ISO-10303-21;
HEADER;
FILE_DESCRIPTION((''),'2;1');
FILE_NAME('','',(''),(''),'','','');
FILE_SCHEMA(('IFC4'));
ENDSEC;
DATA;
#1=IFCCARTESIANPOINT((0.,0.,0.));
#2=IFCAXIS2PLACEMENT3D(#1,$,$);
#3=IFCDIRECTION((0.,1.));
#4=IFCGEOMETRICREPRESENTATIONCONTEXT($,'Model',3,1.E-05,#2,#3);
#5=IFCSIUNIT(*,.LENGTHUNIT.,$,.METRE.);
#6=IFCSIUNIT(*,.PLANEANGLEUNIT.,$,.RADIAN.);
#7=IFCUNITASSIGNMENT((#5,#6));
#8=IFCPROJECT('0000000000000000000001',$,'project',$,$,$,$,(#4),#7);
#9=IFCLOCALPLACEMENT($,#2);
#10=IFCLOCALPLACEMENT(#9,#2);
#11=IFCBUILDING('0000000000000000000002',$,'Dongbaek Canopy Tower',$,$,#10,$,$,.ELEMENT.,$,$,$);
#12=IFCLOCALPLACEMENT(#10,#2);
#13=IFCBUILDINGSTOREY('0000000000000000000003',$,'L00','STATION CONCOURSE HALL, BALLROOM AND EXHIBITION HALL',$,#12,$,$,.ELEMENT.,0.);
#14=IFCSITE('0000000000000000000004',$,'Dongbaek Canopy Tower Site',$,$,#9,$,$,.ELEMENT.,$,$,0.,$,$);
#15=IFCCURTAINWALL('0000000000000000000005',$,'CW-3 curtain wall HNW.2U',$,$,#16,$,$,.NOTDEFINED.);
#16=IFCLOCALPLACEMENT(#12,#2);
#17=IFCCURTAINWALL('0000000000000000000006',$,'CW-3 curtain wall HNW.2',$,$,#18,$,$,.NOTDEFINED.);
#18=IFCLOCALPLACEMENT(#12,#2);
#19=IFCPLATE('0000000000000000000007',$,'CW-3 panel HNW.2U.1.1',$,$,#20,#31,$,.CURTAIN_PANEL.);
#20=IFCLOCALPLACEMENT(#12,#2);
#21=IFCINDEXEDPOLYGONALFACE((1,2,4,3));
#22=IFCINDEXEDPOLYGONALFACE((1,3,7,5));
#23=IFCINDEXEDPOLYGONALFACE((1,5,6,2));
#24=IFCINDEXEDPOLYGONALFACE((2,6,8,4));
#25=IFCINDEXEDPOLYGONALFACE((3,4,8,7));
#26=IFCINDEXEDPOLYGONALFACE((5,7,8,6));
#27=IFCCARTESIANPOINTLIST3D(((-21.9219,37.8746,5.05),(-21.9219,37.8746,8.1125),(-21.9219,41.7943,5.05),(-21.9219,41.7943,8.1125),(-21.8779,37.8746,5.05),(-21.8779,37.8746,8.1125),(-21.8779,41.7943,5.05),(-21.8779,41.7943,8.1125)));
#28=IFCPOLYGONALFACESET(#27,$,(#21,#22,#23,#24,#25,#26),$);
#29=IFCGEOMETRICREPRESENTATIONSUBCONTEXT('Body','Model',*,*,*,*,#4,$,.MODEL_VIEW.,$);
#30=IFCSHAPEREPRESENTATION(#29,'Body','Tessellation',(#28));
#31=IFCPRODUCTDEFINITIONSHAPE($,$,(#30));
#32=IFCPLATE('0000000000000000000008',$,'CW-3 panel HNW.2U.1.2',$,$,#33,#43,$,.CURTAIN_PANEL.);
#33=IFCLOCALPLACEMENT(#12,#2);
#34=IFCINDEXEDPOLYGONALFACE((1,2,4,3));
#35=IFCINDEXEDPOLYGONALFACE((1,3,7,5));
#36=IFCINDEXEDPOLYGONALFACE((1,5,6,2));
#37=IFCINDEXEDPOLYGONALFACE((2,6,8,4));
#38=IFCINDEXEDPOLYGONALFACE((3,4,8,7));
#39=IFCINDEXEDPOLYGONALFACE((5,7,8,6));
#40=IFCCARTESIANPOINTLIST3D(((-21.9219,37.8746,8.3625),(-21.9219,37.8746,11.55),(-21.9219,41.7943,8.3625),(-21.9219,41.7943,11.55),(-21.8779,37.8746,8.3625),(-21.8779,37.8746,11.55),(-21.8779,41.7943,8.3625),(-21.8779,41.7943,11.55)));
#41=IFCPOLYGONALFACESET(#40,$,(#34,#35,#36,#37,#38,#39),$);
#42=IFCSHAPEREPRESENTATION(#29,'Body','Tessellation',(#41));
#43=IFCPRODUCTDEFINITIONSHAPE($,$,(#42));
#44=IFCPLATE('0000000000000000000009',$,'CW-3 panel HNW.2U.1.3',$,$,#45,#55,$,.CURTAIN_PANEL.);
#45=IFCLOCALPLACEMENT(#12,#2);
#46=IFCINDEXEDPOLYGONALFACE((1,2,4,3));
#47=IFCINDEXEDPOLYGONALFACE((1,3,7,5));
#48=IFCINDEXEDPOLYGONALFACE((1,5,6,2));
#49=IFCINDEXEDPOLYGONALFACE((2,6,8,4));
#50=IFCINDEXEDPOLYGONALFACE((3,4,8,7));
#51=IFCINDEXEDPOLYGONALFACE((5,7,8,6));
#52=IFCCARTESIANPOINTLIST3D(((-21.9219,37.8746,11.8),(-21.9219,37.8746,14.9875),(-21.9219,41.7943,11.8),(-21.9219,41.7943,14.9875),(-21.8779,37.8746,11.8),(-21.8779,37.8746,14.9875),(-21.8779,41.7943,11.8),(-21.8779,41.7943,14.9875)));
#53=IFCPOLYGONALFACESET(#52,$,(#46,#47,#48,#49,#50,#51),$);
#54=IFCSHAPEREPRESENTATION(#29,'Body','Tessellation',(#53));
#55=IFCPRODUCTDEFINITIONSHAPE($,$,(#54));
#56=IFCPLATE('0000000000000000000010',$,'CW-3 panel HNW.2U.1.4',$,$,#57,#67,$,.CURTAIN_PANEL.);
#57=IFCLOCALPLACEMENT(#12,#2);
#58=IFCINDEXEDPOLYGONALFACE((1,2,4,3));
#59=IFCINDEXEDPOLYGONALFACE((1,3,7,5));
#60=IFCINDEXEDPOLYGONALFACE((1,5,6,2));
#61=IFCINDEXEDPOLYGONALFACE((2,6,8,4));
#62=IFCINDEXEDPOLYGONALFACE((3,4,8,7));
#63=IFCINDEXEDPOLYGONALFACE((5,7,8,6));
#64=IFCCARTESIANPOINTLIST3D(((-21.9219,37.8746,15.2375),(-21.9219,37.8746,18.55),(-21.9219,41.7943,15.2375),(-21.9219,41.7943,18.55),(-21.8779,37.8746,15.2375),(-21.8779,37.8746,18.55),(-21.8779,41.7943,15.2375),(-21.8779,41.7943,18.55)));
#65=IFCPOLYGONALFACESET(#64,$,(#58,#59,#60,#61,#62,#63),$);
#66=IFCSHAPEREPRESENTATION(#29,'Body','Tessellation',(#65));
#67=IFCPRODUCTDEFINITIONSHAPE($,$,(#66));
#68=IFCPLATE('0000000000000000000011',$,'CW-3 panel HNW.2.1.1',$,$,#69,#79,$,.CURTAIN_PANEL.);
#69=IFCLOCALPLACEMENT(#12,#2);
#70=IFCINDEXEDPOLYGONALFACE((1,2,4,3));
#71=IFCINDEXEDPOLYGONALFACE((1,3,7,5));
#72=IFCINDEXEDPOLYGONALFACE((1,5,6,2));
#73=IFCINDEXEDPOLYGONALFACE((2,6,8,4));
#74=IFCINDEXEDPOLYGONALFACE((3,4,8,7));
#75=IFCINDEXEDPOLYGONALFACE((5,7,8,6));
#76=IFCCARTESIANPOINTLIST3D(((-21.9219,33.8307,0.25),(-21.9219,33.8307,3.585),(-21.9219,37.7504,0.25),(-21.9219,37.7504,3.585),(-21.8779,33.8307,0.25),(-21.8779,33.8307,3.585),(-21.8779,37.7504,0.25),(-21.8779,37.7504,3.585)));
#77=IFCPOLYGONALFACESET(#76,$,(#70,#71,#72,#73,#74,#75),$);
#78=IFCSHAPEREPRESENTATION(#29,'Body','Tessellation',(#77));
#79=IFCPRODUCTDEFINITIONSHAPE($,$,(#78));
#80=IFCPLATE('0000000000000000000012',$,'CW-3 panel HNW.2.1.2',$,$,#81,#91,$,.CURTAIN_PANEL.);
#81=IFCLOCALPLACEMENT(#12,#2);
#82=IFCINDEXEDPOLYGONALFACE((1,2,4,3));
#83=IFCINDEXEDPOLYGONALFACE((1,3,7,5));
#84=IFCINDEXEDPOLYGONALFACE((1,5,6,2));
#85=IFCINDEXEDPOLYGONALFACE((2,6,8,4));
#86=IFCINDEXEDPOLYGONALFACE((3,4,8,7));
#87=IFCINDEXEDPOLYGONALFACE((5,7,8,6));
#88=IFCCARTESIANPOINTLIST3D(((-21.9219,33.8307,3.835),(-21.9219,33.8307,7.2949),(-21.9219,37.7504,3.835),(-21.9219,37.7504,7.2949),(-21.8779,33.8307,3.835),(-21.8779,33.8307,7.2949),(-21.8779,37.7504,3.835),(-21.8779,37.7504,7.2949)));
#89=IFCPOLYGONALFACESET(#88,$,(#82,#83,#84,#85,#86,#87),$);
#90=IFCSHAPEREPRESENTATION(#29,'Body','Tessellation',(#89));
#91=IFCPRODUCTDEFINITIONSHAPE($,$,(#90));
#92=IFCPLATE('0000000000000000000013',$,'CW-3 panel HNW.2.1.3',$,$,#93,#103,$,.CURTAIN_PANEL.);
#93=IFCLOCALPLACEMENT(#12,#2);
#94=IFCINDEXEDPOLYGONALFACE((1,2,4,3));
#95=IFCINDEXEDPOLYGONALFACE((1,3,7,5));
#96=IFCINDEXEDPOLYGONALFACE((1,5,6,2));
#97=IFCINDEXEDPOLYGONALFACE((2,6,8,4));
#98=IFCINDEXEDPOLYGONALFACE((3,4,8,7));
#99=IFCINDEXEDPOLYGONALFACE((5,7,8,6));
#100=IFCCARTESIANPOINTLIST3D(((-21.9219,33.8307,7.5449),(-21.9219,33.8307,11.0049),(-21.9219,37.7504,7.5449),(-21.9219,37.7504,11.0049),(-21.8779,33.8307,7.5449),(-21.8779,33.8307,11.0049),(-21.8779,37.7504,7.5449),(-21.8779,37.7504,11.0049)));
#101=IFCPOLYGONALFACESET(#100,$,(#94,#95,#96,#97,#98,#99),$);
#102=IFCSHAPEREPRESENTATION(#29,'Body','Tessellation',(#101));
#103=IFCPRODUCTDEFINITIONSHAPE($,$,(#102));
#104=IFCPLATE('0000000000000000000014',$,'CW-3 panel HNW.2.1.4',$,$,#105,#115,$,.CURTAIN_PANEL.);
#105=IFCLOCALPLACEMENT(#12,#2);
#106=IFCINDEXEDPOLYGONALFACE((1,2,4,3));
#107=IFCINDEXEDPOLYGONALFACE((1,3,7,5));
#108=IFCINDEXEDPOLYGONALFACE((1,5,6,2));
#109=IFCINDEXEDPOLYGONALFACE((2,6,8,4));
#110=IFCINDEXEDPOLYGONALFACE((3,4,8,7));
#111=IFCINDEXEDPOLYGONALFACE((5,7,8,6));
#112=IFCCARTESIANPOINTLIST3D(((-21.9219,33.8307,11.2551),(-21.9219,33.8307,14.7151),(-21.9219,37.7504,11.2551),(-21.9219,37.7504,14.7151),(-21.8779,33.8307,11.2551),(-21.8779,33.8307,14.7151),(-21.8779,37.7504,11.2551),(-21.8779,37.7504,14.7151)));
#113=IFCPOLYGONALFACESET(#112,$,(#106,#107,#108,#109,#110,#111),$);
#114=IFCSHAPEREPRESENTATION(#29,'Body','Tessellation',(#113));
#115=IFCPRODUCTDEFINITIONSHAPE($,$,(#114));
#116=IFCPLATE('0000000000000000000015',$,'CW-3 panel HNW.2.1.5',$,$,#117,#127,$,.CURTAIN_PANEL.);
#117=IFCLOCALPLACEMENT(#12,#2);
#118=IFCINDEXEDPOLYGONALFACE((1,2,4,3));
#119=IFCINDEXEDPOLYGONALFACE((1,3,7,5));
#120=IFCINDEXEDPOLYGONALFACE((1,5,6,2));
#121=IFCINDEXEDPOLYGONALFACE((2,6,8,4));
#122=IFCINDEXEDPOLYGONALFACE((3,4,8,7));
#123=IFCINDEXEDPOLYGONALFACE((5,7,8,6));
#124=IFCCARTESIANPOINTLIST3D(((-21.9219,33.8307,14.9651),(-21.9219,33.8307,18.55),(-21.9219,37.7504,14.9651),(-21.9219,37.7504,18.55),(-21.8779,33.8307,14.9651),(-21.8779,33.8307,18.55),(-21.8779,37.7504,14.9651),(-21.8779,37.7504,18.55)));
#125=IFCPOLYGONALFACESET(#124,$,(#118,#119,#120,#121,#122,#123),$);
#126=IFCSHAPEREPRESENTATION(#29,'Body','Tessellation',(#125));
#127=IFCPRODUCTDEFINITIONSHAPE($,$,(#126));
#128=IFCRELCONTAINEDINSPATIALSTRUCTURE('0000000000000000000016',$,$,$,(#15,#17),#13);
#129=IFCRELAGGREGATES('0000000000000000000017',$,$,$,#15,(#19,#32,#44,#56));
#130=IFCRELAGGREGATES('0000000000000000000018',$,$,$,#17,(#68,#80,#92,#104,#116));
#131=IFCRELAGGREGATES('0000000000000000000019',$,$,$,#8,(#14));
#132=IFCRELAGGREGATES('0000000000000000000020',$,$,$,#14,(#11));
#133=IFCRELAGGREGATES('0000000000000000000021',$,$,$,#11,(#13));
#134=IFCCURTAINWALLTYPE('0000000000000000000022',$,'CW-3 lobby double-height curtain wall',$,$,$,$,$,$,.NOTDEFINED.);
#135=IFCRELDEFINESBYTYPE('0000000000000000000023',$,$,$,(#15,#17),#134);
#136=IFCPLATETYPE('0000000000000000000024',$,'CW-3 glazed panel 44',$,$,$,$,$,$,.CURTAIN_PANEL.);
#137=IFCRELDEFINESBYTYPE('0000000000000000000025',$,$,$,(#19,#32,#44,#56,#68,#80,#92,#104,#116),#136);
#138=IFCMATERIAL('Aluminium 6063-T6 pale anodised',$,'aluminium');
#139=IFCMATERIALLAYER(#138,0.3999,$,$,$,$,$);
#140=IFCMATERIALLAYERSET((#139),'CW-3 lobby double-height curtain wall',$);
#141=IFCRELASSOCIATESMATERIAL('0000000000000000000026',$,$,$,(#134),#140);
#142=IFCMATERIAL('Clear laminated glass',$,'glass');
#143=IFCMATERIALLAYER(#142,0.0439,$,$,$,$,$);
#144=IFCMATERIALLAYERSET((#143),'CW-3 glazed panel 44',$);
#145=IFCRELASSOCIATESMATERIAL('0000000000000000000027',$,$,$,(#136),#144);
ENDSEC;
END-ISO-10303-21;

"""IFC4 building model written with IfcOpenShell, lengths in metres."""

from ifc_helpers import new_model, si_unit, direction, frame, origin, origin_2d, place, context, subcontext, project, spatial, rectangle, extrude, material, layer, layer_set, type_object, element, aggregate, save


model = new_model("IFC4")

# Units and contexts
model_context = context("Model", 3, precision=1e-05, world=origin(), true_north=direction((0.0, 1.0)))
body_context = subcontext(model_context, "Body", "Model", "MODEL_VIEW")
ifc_project = project(units=[si_unit("LENGTHUNIT", "METRE"), si_unit("PLANEANGLEUNIT", "RADIAN")], contexts=[model_context])

# Site, building, storey
site_placement = place(None, origin())
site = spatial("IfcSite", under=ifc_project, at=site_placement, Name="Dongbaek Canopy Tower Site", CompositionType="ELEMENT", RefElevation=0.0)
building_placement = place(site_placement, origin())
building = spatial("IfcBuilding", under=site, at=building_placement, Name="Dongbaek Canopy Tower", CompositionType="ELEMENT")
storey_placement = place(building_placement, origin())
storey = spatial("IfcBuildingStorey", under=building, at=storey_placement, Name="L00", Description="STATION CONCOURSE HALL, BALLROOM AND EXHIBITION HALL", CompositionType="ELEMENT", Elevation=0.0)

# Shared definitions
ifc_material_1 = material(Name="Aluminium 6063-T6 pale anodised", Category="aluminium")
ifc_layer_1 = layer(ifc_material_1, 0.3999)
ifc_layer_set_1 = layer_set([ifc_layer_1], Name="CW-3 lobby double-height curtain wall")
curtain_wall_type = type_object("IfcCurtainWallType", Name="CW-3 lobby double-height curtain wall", PredefinedType="NOTDEFINED", material=ifc_layer_set_1)

# Curtain walls
curtain_wall_1_placement = place(storey_placement, origin())
curtain_wall_1 = element("IfcCurtainWall", 1, at=curtain_wall_1_placement, inside=storey, type_object=curtain_wall_type, Name="CW-3 curtain wall HNW.2U", PredefinedType="NOTDEFINED")
curtain_wall_2_placement = place(storey_placement, origin())
curtain_wall_2 = element("IfcCurtainWall", 2, at=curtain_wall_2_placement, inside=storey, type_object=curtain_wall_type, Name="CW-3 curtain wall HNW.2", PredefinedType="NOTDEFINED")

# Plates
ifc_material_2 = material(Name="Clear laminated glass", Category="glass")
ifc_layer_2 = layer(ifc_material_2, 0.0439)
ifc_layer_set_2 = layer_set([ifc_layer_2], Name="CW-3 glazed panel 44")
plate_type = type_object("IfcPlateType", Name="CW-3 glazed panel 44", PredefinedType="CURTAIN_PANEL", material=ifc_layer_set_2)
plate_1_placement = place(storey_placement, frame((-21.8999, 39.8345, 5.05), z_axis=(0.0, 0.0, 1.0), x_axis=(0.0, -1.0, 0.0)))
plate_1 = element("IfcPlate", 3, at=plate_1_placement, type_object=plate_type, Name="CW-3 panel HNW.2U.1.1", PredefinedType="CURTAIN_PANEL", context=body_context, shape_type="SweptSolid", body=[
    extrude(rectangle(XDim=3.9197, YDim=0.0439, at=origin_2d()), origin(), (0.0, 0.0, 1.0), 3.0625),
])
plate_2_placement = place(storey_placement, frame((-21.8999, 39.8345, 8.3625), z_axis=(0.0, 0.0, 1.0), x_axis=(0.0, -1.0, 0.0)))
plate_2 = element("IfcPlate", 4, at=plate_2_placement, type_object=plate_type, Name="CW-3 panel HNW.2U.1.2", PredefinedType="CURTAIN_PANEL", context=body_context, shape_type="SweptSolid", body=[
    extrude(rectangle(XDim=3.9197, YDim=0.0439, at=origin_2d()), origin(), (0.0, 0.0, 1.0), 3.1875),
])
plate_3_placement = place(storey_placement, frame((-21.8999, 39.8345, 11.8), z_axis=(0.0, 0.0, 1.0), x_axis=(0.0, -1.0, 0.0)))
plate_3 = element("IfcPlate", 5, at=plate_3_placement, type_object=plate_type, Name="CW-3 panel HNW.2U.1.3", PredefinedType="CURTAIN_PANEL", context=body_context, shape_type="SweptSolid", body=[
    extrude(rectangle(XDim=3.9197, YDim=0.0439, at=origin_2d()), origin(), (0.0, 0.0, 1.0), 3.1875),
])
plate_4_placement = place(storey_placement, frame((-21.8999, 39.8345, 15.2375), z_axis=(0.0, 0.0, 1.0), x_axis=(0.0, -1.0, 0.0)))
plate_4 = element("IfcPlate", 6, at=plate_4_placement, type_object=plate_type, Name="CW-3 panel HNW.2U.1.4", PredefinedType="CURTAIN_PANEL", context=body_context, shape_type="SweptSolid", body=[
    extrude(rectangle(XDim=3.9197, YDim=0.0439, at=origin_2d()), origin(), (0.0, 0.0, 1.0), 3.3125),
])
aggregate(curtain_wall_1, [plate_1, plate_2, plate_3, plate_4])
plate_5_placement = place(storey_placement, frame((-21.8999, 35.7905, 0.25), z_axis=(0.0, 0.0, 1.0), x_axis=(0.0, -1.0, 0.0)))
plate_5 = element("IfcPlate", 7, at=plate_5_placement, type_object=plate_type, Name="CW-3 panel HNW.2.1.1", PredefinedType="CURTAIN_PANEL", context=body_context, shape_type="SweptSolid", body=[
    extrude(rectangle(XDim=3.9197, YDim=0.0439, at=origin_2d()), origin(), (0.0, 0.0, 1.0), 3.335),
])
plate_6_placement = place(storey_placement, frame((-21.8999, 35.7905, 3.835), z_axis=(0.0, 0.0, 1.0), x_axis=(0.0, -1.0, 0.0)))
plate_6 = element("IfcPlate", 8, at=plate_6_placement, type_object=plate_type, Name="CW-3 panel HNW.2.1.2", PredefinedType="CURTAIN_PANEL", context=body_context, shape_type="SweptSolid", body=[
    extrude(rectangle(XDim=3.9197, YDim=0.0439, at=origin_2d()), origin(), (0.0, 0.0, 1.0), 3.46),
])
plate_7_placement = place(storey_placement, frame((-21.8999, 35.7905, 7.5449), z_axis=(0.0, 0.0, 1.0), x_axis=(0.0, -1.0, 0.0)))
plate_7 = element("IfcPlate", 9, at=plate_7_placement, type_object=plate_type, Name="CW-3 panel HNW.2.1.3", PredefinedType="CURTAIN_PANEL", context=body_context, shape_type="SweptSolid", body=[
    extrude(rectangle(XDim=3.9197, YDim=0.0439, at=origin_2d()), origin(), (0.0, 0.0, 1.0), 3.46),
])
plate_8_placement = place(storey_placement, frame((-21.8999, 35.7905, 11.2551), z_axis=(0.0, 0.0, 1.0), x_axis=(0.0, -1.0, 0.0)))
plate_8 = element("IfcPlate", 10, at=plate_8_placement, type_object=plate_type, Name="CW-3 panel HNW.2.1.4", PredefinedType="CURTAIN_PANEL", context=body_context, shape_type="SweptSolid", body=[
    extrude(rectangle(XDim=3.9197, YDim=0.0439, at=origin_2d()), origin(), (0.0, 0.0, 1.0), 3.46),
])
plate_9_placement = place(storey_placement, frame((-21.8999, 35.7905, 14.9651), z_axis=(0.0, 0.0, 1.0), x_axis=(0.0, -1.0, 0.0)))
plate_9 = element("IfcPlate", 11, at=plate_9_placement, type_object=plate_type, Name="CW-3 panel HNW.2.1.5", PredefinedType="CURTAIN_PANEL", context=body_context, shape_type="SweptSolid", body=[
    extrude(rectangle(XDim=3.9197, YDim=0.0439, at=origin_2d()), origin(), (0.0, 0.0, 1.0), 3.585),
])
aggregate(curtain_wall_2, [plate_5, plate_6, plate_7, plate_8, plate_9])

save(model, "model.ifc")
